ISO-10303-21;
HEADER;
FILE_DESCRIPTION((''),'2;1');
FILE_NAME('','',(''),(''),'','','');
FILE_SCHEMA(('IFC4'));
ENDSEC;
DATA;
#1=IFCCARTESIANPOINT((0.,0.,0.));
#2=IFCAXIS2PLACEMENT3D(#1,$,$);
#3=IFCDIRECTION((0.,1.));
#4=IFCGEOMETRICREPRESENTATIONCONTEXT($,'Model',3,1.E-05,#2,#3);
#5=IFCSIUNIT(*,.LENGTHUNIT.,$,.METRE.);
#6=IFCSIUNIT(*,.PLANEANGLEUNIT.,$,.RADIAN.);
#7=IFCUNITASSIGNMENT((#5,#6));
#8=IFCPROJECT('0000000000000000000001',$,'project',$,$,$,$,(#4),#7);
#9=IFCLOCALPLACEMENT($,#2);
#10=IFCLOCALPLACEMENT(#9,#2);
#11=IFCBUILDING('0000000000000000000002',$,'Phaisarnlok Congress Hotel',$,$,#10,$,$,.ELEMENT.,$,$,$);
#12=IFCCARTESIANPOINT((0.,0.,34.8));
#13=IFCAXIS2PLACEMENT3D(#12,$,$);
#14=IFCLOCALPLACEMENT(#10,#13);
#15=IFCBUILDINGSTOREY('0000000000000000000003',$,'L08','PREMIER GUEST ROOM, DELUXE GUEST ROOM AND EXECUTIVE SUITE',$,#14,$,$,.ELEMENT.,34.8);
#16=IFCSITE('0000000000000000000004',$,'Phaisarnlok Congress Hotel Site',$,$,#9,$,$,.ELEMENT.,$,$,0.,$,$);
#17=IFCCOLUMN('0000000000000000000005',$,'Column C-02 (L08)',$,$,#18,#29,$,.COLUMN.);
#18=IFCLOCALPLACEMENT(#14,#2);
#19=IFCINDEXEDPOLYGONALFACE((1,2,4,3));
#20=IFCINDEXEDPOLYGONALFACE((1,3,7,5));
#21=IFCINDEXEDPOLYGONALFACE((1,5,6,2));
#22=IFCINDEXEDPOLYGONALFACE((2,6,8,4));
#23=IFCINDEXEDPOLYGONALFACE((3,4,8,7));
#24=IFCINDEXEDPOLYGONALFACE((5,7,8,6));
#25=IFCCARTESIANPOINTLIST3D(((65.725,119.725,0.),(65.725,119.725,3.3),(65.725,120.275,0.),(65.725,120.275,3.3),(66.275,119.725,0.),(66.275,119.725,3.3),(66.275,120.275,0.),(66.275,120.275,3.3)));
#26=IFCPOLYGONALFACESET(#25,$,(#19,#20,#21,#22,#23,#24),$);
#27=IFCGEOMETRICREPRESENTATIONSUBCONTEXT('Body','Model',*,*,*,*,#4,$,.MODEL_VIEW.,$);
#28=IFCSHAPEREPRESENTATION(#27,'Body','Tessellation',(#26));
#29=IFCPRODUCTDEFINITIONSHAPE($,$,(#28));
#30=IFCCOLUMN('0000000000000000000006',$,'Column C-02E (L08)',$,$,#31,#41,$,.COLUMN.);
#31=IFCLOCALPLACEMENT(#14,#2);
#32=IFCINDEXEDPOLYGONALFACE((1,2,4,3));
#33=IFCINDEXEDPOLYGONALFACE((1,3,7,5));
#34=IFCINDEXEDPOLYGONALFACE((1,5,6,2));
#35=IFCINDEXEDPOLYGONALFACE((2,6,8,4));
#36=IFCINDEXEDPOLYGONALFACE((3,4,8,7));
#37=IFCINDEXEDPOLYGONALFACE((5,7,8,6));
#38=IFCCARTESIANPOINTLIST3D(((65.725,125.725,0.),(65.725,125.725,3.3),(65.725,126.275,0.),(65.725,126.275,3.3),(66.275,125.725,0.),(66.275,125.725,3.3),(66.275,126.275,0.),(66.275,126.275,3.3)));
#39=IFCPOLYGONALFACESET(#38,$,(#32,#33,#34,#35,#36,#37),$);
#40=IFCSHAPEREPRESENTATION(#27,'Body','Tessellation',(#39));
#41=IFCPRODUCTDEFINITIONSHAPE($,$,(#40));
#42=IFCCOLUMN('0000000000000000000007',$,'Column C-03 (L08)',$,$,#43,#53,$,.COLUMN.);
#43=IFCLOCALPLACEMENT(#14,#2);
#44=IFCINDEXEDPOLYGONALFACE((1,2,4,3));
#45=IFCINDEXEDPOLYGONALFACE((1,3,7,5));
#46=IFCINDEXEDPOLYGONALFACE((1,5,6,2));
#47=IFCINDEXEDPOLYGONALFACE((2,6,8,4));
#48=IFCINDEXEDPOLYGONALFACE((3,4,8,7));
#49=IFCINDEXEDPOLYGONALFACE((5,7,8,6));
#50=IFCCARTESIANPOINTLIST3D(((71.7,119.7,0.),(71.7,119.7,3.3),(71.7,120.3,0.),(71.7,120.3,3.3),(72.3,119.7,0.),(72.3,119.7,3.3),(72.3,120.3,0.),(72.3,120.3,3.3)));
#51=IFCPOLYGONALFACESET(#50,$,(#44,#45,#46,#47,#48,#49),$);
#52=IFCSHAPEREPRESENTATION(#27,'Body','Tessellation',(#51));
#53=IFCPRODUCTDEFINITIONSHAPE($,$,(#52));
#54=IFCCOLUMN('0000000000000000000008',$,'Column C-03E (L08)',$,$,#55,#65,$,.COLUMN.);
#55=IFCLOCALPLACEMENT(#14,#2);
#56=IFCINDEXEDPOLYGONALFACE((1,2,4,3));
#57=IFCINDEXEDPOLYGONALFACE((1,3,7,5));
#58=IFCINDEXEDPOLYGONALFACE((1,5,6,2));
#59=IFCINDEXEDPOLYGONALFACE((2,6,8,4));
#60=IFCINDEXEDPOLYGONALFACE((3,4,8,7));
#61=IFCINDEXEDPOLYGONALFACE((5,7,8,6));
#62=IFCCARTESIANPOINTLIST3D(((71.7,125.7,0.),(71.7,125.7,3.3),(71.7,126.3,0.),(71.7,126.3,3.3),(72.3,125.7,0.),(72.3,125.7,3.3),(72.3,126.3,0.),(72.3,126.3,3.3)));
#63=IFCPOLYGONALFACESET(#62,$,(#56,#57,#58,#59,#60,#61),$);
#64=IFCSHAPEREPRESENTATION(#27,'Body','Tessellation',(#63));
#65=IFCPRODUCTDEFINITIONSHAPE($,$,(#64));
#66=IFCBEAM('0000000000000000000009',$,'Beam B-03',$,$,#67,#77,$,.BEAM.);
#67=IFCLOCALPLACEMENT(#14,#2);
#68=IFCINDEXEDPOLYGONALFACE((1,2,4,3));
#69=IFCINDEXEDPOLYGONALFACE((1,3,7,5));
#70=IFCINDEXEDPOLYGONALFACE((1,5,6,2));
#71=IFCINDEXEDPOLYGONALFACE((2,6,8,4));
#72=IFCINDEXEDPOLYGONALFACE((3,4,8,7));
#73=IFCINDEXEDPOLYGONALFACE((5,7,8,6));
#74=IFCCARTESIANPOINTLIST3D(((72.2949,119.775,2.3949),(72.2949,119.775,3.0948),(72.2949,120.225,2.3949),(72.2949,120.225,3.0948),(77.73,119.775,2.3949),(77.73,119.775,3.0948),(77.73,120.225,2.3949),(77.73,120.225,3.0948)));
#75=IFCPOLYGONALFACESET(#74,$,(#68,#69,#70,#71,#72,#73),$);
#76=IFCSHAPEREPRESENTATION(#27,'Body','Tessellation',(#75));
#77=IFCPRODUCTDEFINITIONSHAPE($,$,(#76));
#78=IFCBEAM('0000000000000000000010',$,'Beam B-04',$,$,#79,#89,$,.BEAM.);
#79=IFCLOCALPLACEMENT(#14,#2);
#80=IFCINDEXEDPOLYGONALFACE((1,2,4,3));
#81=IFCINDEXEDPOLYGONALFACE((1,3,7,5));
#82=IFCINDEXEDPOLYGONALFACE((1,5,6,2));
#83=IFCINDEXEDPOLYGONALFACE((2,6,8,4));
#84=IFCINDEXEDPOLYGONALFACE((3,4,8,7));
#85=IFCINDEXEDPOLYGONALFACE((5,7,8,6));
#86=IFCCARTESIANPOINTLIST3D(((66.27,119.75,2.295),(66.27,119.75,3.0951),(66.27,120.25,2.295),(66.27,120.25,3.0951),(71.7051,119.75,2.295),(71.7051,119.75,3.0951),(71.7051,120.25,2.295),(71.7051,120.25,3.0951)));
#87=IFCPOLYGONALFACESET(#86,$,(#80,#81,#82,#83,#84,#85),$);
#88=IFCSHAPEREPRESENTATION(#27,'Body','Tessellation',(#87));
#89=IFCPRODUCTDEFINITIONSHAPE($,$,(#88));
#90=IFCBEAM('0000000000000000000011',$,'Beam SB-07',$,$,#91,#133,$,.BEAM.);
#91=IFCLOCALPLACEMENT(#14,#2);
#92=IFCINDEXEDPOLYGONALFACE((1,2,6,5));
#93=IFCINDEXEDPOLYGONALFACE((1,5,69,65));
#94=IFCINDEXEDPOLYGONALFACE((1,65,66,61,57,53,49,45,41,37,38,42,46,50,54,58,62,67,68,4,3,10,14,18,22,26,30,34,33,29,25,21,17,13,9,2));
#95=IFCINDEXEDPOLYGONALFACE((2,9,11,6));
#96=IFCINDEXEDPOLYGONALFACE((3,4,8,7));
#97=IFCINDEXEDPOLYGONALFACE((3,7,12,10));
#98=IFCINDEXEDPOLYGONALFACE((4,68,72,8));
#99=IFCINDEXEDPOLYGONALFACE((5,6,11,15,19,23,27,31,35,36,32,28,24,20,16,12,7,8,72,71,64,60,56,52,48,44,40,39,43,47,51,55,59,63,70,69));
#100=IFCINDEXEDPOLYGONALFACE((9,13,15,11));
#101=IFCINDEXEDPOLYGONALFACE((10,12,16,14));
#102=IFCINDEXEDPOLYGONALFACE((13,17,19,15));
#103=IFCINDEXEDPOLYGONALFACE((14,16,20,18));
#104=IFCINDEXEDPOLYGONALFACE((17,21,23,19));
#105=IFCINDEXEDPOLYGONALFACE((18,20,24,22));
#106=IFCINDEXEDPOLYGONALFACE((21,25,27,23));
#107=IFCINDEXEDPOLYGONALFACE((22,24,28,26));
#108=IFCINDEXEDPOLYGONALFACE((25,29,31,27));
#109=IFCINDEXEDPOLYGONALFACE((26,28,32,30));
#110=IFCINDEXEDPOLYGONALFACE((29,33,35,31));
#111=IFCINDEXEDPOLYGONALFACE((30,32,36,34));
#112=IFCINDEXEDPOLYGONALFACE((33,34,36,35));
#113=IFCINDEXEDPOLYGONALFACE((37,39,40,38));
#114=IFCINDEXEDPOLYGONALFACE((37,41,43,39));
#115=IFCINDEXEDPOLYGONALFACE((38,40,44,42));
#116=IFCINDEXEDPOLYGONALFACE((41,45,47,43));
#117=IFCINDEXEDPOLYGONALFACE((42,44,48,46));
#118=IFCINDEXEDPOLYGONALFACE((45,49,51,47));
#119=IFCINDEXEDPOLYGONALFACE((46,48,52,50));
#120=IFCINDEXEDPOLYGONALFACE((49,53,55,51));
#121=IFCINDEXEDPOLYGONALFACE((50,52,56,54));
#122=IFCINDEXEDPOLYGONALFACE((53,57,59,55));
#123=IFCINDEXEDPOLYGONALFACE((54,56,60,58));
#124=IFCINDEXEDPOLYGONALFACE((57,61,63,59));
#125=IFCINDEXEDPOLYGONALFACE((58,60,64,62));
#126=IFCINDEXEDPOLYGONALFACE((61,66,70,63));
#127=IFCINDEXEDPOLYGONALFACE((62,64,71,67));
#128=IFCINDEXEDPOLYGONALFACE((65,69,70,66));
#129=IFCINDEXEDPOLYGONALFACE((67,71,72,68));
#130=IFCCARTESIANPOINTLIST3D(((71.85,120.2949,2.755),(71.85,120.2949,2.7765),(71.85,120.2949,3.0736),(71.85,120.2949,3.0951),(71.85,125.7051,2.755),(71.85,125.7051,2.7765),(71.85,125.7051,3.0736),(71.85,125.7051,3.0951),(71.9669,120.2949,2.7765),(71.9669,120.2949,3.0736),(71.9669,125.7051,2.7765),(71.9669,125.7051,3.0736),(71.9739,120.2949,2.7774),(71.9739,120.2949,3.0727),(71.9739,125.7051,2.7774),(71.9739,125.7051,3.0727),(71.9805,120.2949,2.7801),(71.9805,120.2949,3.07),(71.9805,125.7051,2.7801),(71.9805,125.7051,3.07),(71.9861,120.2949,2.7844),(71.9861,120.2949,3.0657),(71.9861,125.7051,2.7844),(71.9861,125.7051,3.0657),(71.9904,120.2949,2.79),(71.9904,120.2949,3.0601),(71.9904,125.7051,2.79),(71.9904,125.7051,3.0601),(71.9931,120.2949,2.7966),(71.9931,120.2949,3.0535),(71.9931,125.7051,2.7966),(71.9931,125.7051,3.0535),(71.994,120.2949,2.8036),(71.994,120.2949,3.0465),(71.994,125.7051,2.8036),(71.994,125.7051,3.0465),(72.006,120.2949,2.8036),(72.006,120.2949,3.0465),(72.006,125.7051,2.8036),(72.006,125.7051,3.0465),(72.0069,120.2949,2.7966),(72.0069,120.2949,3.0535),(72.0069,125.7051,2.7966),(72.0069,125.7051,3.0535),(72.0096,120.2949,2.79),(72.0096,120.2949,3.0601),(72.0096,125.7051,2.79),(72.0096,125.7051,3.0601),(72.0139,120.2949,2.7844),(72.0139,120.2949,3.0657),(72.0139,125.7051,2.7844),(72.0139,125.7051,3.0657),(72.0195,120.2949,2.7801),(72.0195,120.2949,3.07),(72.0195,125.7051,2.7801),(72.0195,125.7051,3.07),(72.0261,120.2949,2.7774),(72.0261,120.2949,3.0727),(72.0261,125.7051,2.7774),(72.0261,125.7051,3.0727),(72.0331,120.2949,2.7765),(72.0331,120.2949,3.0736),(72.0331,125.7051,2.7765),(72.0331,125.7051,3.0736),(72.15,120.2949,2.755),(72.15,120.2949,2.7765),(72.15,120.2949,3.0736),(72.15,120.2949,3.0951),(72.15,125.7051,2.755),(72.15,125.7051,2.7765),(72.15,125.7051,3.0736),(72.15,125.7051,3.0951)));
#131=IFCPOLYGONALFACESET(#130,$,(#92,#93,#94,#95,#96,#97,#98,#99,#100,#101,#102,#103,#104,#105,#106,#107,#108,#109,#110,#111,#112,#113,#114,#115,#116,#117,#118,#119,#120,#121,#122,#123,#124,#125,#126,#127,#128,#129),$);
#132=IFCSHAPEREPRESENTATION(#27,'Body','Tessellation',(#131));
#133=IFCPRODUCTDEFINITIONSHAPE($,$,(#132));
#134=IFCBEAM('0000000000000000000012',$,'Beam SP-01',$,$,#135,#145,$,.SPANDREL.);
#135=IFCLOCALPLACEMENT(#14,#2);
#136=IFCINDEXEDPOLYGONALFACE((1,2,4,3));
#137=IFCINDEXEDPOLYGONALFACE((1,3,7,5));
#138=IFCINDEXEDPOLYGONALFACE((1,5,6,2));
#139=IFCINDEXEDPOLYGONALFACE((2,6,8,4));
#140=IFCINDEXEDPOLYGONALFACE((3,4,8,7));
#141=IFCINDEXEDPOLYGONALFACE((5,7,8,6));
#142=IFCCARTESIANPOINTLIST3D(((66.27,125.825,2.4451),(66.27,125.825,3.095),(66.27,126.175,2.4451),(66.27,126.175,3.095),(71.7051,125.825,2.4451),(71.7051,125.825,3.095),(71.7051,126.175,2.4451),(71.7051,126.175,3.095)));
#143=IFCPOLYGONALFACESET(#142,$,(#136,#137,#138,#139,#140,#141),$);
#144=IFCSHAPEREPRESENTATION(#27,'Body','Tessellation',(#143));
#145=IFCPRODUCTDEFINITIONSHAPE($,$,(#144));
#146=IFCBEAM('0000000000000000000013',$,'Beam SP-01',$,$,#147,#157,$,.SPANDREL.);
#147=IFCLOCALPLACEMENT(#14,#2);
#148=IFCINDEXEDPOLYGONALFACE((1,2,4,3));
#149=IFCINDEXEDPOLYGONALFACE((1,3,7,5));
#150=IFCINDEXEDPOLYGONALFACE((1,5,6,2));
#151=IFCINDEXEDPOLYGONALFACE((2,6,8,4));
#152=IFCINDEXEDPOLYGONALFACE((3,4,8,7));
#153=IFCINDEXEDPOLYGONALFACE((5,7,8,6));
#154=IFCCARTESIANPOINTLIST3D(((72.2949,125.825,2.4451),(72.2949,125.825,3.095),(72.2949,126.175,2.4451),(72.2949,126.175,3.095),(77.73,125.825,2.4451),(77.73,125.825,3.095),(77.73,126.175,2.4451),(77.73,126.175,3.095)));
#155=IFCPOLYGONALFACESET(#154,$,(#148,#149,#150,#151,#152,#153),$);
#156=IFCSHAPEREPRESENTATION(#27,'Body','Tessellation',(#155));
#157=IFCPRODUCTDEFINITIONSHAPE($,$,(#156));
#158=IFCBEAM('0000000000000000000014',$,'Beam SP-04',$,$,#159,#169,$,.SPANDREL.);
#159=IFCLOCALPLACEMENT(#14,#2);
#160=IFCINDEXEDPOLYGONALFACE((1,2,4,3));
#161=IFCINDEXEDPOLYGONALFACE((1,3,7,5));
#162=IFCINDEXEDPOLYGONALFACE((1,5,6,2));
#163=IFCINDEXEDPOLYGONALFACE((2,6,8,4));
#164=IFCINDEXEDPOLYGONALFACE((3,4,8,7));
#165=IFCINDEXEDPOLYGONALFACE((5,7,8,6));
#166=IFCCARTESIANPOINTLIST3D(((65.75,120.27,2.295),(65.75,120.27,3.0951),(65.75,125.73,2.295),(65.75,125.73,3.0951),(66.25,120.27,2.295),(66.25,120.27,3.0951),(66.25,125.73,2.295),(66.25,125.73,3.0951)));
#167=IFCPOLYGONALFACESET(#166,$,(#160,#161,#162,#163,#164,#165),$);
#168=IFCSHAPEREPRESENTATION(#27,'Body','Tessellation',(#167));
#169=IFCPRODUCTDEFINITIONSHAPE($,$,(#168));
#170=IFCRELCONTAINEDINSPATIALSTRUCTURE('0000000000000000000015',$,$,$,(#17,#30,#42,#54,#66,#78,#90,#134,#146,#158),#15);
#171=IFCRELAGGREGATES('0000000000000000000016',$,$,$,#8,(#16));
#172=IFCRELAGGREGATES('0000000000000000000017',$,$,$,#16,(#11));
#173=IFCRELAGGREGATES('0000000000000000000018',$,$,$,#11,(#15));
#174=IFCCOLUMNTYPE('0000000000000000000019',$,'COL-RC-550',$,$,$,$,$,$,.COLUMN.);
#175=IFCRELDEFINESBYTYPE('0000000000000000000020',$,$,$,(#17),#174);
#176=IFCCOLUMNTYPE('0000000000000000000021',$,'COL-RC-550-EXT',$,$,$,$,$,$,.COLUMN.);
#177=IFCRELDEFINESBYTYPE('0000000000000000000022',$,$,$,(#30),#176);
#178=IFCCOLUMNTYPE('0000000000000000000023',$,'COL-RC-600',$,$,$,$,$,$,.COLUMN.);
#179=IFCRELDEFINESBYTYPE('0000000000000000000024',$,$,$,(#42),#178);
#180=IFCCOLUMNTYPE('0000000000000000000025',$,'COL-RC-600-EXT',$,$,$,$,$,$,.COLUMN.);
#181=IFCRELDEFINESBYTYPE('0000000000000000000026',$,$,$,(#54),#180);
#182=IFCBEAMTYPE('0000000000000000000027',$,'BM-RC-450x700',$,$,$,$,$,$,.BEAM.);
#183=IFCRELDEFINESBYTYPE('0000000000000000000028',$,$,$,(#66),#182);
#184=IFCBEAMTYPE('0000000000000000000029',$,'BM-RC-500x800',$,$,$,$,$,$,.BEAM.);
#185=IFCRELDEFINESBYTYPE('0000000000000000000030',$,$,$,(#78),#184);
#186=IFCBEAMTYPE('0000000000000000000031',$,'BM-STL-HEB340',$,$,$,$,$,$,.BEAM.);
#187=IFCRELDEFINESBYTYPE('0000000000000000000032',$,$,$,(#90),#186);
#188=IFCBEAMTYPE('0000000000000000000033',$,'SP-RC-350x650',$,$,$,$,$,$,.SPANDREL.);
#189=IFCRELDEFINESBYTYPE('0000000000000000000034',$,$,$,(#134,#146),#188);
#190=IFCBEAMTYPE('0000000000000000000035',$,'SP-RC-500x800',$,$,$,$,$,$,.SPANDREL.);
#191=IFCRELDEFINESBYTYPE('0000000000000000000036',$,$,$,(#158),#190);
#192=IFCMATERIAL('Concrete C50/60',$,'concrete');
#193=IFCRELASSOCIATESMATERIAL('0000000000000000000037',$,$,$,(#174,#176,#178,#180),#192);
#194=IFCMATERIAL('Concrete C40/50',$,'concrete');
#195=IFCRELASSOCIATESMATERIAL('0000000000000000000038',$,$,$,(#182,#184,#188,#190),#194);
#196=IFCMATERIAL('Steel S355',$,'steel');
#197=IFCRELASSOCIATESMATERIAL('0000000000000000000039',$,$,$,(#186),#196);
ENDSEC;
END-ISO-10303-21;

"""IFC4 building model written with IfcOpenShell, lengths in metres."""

from ifc_helpers import new_model, si_unit, direction, frame, origin, origin_2d, place, context, subcontext, project, spatial, rectangle, i_section, extrude, material, material_profile, profile_set, type_object, element, save


model = new_model("IFC4")

# Units and contexts
model_context = context("Model", 3, precision=1e-05, world=origin(), true_north=direction((0.0, 1.0)))
body_context = subcontext(model_context, "Body", "Model", "MODEL_VIEW")
ifc_project = project(units=[si_unit("LENGTHUNIT", "METRE"), si_unit("PLANEANGLEUNIT", "RADIAN")], contexts=[model_context])

# Site, building, storey
site_placement = place(None, origin())
site = spatial("IfcSite", under=ifc_project, at=site_placement, Name="Phaisarnlok Congress Hotel Site", CompositionType="ELEMENT", RefElevation=0.0)
building_placement = place(site_placement, origin())
building = spatial("IfcBuilding", under=site, at=building_placement, Name="Phaisarnlok Congress Hotel", CompositionType="ELEMENT")
storey_placement = place(building_placement, frame((0.0, 0.0, 34.8)))
storey = spatial("IfcBuildingStorey", under=building, at=storey_placement, Name="L08", Description="PREMIER GUEST ROOM, DELUXE GUEST ROOM AND EXECUTIVE SUITE", CompositionType="ELEMENT", Elevation=34.8)

# Columns
ifc_material_1 = material(Name="Concrete C50/60", Category="concrete")
ifc_material_profile_1 = material_profile(ifc_material_1, rectangle(XDim=0.55, YDim=0.55, at=origin_2d()), Name="RC 550x550")
ifc_profile_set_1 = profile_set([ifc_material_profile_1], Name="Concrete C50/60")
column_type_1 = type_object("IfcColumnType", Name="COL-RC-550", PredefinedType="COLUMN", material=ifc_profile_set_1)
column_1_placement = place(storey_placement, frame((66.0, 120.0, 0.0), z_axis=(0.0, 0.0, 1.0), x_axis=(1.0, 0.0, 0.0)))
element("IfcColumn", 1, at=column_1_placement, inside=storey, type_object=column_type_1, Name="Column C-02 (L08)", PredefinedType="COLUMN", context=body_context, shape_type="SweptSolid", body=[
    extrude(rectangle(XDim=0.55, YDim=0.55, at=origin_2d()), origin(), (0.0, 0.0, 1.0), 3.3),
])
ifc_material_profile_2 = material_profile(ifc_material_1, rectangle(XDim=0.55, YDim=0.55, at=origin_2d()), Name="RC 550x550")
ifc_profile_set_2 = profile_set([ifc_material_profile_2], Name="Concrete C50/60")
column_type_2 = type_object("IfcColumnType", Name="COL-RC-550-EXT", PredefinedType="COLUMN", material=ifc_profile_set_2)
column_2_placement = place(storey_placement, frame((66.0, 126.0, 0.0), z_axis=(0.0, 0.0, 1.0), x_axis=(1.0, 0.0, 0.0)))
element("IfcColumn", 2, at=column_2_placement, inside=storey, type_object=column_type_2, Name="Column C-02E (L08)", PredefinedType="COLUMN", context=body_context, shape_type="SweptSolid", body=[
    extrude(rectangle(XDim=0.55, YDim=0.55, at=origin_2d()), origin(), (0.0, 0.0, 1.0), 3.3),
])
ifc_material_profile_3 = material_profile(ifc_material_1, rectangle(XDim=0.6001, YDim=0.6001, at=origin_2d()), Name="RC 600x600")
ifc_profile_set_3 = profile_set([ifc_material_profile_3], Name="Concrete C50/60")
column_type_3 = type_object("IfcColumnType", Name="COL-RC-600", PredefinedType="COLUMN", material=ifc_profile_set_3)
column_3_placement = place(storey_placement, frame((72.0, 120.0, 0.0), z_axis=(0.0, 0.0, 1.0), x_axis=(1.0, 0.0, 0.0)))
element("IfcColumn", 3, at=column_3_placement, inside=storey, type_object=column_type_3, Name="Column C-03 (L08)", PredefinedType="COLUMN", context=body_context, shape_type="SweptSolid", body=[
    extrude(rectangle(XDim=0.6001, YDim=0.6001, at=origin_2d()), origin(), (0.0, 0.0, 1.0), 3.3),
])
ifc_material_profile_4 = material_profile(ifc_material_1, rectangle(XDim=0.6001, YDim=0.6001, at=origin_2d()), Name="RC 600x600")
ifc_profile_set_4 = profile_set([ifc_material_profile_4], Name="Concrete C50/60")
column_type_4 = type_object("IfcColumnType", Name="COL-RC-600-EXT", PredefinedType="COLUMN", material=ifc_profile_set_4)
column_4_placement = place(storey_placement, frame((72.0, 126.0, 0.0), z_axis=(0.0, 0.0, 1.0), x_axis=(1.0, 0.0, 0.0)))
element("IfcColumn", 4, at=column_4_placement, inside=storey, type_object=column_type_4, Name="Column C-03E (L08)", PredefinedType="COLUMN", context=body_context, shape_type="SweptSolid", body=[
    extrude(rectangle(XDim=0.6001, YDim=0.6001, at=origin_2d()), origin(), (0.0, 0.0, 1.0), 3.3),
])

# Beams
ifc_material_2 = material(Name="Concrete C40/50", Category="concrete")
ifc_material_profile_5 = material_profile(ifc_material_2, rectangle(XDim=0.45, YDim=0.7, at=origin_2d()), Name="RC 450x700")
ifc_profile_set_5 = profile_set([ifc_material_profile_5], Name="Concrete C40/50")
beam_type_1 = type_object("IfcBeamType", Name="BM-RC-450x700", PredefinedType="BEAM", material=ifc_profile_set_5)
beam_1_placement = place(storey_placement, frame((72.2949, 120.0, 2.7449), z_axis=(1.0, 0.0, 0.0), x_axis=(0.0, 1.0, 0.0)))
element("IfcBeam", 5, at=beam_1_placement, inside=storey, type_object=beam_type_1, Name="Beam B-03", PredefinedType="BEAM", context=body_context, shape_type="SweptSolid", body=[
    extrude(rectangle(XDim=0.45, YDim=0.7, at=origin_2d()), origin(), (0.0, 0.0, 1.0), 5.4351),
])
ifc_material_profile_6 = material_profile(ifc_material_2, rectangle(XDim=0.5, YDim=0.8, at=origin_2d()), Name="RC 500x800")
ifc_profile_set_6 = profile_set([ifc_material_profile_6], Name="Concrete C40/50")
beam_type_2 = type_object("IfcBeamType", Name="BM-RC-500x800", PredefinedType="BEAM", material=ifc_profile_set_6)
beam_2_placement = place(storey_placement, frame((66.27, 120.0, 2.6951), z_axis=(1.0, 0.0, 0.0), x_axis=(0.0, 1.0, 0.0)))
element("IfcBeam", 6, at=beam_2_placement, inside=storey, type_object=beam_type_2, Name="Beam B-04", PredefinedType="BEAM", context=body_context, shape_type="SweptSolid", body=[
    extrude(rectangle(XDim=0.5, YDim=0.8, at=origin_2d()), origin(), (0.0, 0.0, 1.0), 5.4351),
])
ifc_material_3 = material(Name="Steel S355", Category="steel")
ifc_material_profile_7 = material_profile(ifc_material_3, i_section(OverallWidth=0.3, OverallDepth=0.3401, WebThickness=0.012, FlangeThickness=0.0215, FilletRadius=0.0271, at=origin_2d()), Name="HEB 340")
ifc_profile_set_7 = profile_set([ifc_material_profile_7], Name="Steel S355")
beam_type_3 = type_object("IfcBeamType", Name="BM-STL-HEB340", PredefinedType="BEAM", material=ifc_profile_set_7)
beam_3_placement = place(storey_placement, frame((72.0, 120.2949, 2.925), z_axis=(0.0, 1.0, 0.0), x_axis=(-1.0, 0.0, 0.0)))
element("IfcBeam", 7, at=beam_3_placement, inside=storey, type_object=beam_type_3, Name="Beam SB-07", PredefinedType="BEAM", context=body_context, shape_type="SweptSolid", body=[
    extrude(i_section(OverallWidth=0.3, OverallDepth=0.3401, WebThickness=0.012, FlangeThickness=0.0215, FilletRadius=0.0271, at=origin_2d()), origin(), (0.0, 0.0, 1.0), 5.4102),
])
ifc_material_profile_8 = material_profile(ifc_material_2, rectangle(XDim=0.3501, YDim=0.6499, at=origin_2d()), Name="RC 350x650")
ifc_profile_set_8 = profile_set([ifc_material_profile_8], Name="Concrete C40/50")
beam_type_4 = type_object("IfcBeamType", Name="SP-RC-350x650", PredefinedType="SPANDREL", material=ifc_profile_set_8)
for number, where, z_axis, x_axis, name in (
    (8, (66.27, 126.0, 2.77), (1.0, 0.0, 0.0), (0.0, 1.0, 0.0), "Beam SP-01"),
    (9, (72.2949, 126.0, 2.77), (1.0, 0.0, 0.0), (0.0, 1.0, 0.0), "Beam SP-01"),
):
    element("IfcBeam", number, at=place(storey_placement, frame(where, z_axis=z_axis, x_axis=x_axis)), inside=storey, type_object=beam_type_4, Name=name, PredefinedType="SPANDREL", context=body_context, shape_type="SweptSolid", body=[
        extrude(rectangle(XDim=0.3501, YDim=0.6499, at=origin_2d()), origin(), (0.0, 0.0, 1.0), 5.4351),
    ])
ifc_material_profile_9 = material_profile(ifc_material_2, rectangle(XDim=0.5, YDim=0.8, at=origin_2d()), Name="RC 500x800")
ifc_profile_set_9 = profile_set([ifc_material_profile_9], Name="Concrete C40/50")
beam_type_5 = type_object("IfcBeamType", Name="SP-RC-500x800", PredefinedType="SPANDREL", material=ifc_profile_set_9)
beam_4_placement = place(storey_placement, frame((66.0, 120.27, 2.6951), z_axis=(0.0, 1.0, 0.0), x_axis=(-1.0, 0.0, 0.0)))
element("IfcBeam", 10, at=beam_4_placement, inside=storey, type_object=beam_type_5, Name="Beam SP-04", PredefinedType="SPANDREL", context=body_context, shape_type="SweptSolid", body=[
    extrude(rectangle(XDim=0.5, YDim=0.8, at=origin_2d()), origin(), (0.0, 0.0, 1.0), 5.46),
])

save(model, "model.ifc")
